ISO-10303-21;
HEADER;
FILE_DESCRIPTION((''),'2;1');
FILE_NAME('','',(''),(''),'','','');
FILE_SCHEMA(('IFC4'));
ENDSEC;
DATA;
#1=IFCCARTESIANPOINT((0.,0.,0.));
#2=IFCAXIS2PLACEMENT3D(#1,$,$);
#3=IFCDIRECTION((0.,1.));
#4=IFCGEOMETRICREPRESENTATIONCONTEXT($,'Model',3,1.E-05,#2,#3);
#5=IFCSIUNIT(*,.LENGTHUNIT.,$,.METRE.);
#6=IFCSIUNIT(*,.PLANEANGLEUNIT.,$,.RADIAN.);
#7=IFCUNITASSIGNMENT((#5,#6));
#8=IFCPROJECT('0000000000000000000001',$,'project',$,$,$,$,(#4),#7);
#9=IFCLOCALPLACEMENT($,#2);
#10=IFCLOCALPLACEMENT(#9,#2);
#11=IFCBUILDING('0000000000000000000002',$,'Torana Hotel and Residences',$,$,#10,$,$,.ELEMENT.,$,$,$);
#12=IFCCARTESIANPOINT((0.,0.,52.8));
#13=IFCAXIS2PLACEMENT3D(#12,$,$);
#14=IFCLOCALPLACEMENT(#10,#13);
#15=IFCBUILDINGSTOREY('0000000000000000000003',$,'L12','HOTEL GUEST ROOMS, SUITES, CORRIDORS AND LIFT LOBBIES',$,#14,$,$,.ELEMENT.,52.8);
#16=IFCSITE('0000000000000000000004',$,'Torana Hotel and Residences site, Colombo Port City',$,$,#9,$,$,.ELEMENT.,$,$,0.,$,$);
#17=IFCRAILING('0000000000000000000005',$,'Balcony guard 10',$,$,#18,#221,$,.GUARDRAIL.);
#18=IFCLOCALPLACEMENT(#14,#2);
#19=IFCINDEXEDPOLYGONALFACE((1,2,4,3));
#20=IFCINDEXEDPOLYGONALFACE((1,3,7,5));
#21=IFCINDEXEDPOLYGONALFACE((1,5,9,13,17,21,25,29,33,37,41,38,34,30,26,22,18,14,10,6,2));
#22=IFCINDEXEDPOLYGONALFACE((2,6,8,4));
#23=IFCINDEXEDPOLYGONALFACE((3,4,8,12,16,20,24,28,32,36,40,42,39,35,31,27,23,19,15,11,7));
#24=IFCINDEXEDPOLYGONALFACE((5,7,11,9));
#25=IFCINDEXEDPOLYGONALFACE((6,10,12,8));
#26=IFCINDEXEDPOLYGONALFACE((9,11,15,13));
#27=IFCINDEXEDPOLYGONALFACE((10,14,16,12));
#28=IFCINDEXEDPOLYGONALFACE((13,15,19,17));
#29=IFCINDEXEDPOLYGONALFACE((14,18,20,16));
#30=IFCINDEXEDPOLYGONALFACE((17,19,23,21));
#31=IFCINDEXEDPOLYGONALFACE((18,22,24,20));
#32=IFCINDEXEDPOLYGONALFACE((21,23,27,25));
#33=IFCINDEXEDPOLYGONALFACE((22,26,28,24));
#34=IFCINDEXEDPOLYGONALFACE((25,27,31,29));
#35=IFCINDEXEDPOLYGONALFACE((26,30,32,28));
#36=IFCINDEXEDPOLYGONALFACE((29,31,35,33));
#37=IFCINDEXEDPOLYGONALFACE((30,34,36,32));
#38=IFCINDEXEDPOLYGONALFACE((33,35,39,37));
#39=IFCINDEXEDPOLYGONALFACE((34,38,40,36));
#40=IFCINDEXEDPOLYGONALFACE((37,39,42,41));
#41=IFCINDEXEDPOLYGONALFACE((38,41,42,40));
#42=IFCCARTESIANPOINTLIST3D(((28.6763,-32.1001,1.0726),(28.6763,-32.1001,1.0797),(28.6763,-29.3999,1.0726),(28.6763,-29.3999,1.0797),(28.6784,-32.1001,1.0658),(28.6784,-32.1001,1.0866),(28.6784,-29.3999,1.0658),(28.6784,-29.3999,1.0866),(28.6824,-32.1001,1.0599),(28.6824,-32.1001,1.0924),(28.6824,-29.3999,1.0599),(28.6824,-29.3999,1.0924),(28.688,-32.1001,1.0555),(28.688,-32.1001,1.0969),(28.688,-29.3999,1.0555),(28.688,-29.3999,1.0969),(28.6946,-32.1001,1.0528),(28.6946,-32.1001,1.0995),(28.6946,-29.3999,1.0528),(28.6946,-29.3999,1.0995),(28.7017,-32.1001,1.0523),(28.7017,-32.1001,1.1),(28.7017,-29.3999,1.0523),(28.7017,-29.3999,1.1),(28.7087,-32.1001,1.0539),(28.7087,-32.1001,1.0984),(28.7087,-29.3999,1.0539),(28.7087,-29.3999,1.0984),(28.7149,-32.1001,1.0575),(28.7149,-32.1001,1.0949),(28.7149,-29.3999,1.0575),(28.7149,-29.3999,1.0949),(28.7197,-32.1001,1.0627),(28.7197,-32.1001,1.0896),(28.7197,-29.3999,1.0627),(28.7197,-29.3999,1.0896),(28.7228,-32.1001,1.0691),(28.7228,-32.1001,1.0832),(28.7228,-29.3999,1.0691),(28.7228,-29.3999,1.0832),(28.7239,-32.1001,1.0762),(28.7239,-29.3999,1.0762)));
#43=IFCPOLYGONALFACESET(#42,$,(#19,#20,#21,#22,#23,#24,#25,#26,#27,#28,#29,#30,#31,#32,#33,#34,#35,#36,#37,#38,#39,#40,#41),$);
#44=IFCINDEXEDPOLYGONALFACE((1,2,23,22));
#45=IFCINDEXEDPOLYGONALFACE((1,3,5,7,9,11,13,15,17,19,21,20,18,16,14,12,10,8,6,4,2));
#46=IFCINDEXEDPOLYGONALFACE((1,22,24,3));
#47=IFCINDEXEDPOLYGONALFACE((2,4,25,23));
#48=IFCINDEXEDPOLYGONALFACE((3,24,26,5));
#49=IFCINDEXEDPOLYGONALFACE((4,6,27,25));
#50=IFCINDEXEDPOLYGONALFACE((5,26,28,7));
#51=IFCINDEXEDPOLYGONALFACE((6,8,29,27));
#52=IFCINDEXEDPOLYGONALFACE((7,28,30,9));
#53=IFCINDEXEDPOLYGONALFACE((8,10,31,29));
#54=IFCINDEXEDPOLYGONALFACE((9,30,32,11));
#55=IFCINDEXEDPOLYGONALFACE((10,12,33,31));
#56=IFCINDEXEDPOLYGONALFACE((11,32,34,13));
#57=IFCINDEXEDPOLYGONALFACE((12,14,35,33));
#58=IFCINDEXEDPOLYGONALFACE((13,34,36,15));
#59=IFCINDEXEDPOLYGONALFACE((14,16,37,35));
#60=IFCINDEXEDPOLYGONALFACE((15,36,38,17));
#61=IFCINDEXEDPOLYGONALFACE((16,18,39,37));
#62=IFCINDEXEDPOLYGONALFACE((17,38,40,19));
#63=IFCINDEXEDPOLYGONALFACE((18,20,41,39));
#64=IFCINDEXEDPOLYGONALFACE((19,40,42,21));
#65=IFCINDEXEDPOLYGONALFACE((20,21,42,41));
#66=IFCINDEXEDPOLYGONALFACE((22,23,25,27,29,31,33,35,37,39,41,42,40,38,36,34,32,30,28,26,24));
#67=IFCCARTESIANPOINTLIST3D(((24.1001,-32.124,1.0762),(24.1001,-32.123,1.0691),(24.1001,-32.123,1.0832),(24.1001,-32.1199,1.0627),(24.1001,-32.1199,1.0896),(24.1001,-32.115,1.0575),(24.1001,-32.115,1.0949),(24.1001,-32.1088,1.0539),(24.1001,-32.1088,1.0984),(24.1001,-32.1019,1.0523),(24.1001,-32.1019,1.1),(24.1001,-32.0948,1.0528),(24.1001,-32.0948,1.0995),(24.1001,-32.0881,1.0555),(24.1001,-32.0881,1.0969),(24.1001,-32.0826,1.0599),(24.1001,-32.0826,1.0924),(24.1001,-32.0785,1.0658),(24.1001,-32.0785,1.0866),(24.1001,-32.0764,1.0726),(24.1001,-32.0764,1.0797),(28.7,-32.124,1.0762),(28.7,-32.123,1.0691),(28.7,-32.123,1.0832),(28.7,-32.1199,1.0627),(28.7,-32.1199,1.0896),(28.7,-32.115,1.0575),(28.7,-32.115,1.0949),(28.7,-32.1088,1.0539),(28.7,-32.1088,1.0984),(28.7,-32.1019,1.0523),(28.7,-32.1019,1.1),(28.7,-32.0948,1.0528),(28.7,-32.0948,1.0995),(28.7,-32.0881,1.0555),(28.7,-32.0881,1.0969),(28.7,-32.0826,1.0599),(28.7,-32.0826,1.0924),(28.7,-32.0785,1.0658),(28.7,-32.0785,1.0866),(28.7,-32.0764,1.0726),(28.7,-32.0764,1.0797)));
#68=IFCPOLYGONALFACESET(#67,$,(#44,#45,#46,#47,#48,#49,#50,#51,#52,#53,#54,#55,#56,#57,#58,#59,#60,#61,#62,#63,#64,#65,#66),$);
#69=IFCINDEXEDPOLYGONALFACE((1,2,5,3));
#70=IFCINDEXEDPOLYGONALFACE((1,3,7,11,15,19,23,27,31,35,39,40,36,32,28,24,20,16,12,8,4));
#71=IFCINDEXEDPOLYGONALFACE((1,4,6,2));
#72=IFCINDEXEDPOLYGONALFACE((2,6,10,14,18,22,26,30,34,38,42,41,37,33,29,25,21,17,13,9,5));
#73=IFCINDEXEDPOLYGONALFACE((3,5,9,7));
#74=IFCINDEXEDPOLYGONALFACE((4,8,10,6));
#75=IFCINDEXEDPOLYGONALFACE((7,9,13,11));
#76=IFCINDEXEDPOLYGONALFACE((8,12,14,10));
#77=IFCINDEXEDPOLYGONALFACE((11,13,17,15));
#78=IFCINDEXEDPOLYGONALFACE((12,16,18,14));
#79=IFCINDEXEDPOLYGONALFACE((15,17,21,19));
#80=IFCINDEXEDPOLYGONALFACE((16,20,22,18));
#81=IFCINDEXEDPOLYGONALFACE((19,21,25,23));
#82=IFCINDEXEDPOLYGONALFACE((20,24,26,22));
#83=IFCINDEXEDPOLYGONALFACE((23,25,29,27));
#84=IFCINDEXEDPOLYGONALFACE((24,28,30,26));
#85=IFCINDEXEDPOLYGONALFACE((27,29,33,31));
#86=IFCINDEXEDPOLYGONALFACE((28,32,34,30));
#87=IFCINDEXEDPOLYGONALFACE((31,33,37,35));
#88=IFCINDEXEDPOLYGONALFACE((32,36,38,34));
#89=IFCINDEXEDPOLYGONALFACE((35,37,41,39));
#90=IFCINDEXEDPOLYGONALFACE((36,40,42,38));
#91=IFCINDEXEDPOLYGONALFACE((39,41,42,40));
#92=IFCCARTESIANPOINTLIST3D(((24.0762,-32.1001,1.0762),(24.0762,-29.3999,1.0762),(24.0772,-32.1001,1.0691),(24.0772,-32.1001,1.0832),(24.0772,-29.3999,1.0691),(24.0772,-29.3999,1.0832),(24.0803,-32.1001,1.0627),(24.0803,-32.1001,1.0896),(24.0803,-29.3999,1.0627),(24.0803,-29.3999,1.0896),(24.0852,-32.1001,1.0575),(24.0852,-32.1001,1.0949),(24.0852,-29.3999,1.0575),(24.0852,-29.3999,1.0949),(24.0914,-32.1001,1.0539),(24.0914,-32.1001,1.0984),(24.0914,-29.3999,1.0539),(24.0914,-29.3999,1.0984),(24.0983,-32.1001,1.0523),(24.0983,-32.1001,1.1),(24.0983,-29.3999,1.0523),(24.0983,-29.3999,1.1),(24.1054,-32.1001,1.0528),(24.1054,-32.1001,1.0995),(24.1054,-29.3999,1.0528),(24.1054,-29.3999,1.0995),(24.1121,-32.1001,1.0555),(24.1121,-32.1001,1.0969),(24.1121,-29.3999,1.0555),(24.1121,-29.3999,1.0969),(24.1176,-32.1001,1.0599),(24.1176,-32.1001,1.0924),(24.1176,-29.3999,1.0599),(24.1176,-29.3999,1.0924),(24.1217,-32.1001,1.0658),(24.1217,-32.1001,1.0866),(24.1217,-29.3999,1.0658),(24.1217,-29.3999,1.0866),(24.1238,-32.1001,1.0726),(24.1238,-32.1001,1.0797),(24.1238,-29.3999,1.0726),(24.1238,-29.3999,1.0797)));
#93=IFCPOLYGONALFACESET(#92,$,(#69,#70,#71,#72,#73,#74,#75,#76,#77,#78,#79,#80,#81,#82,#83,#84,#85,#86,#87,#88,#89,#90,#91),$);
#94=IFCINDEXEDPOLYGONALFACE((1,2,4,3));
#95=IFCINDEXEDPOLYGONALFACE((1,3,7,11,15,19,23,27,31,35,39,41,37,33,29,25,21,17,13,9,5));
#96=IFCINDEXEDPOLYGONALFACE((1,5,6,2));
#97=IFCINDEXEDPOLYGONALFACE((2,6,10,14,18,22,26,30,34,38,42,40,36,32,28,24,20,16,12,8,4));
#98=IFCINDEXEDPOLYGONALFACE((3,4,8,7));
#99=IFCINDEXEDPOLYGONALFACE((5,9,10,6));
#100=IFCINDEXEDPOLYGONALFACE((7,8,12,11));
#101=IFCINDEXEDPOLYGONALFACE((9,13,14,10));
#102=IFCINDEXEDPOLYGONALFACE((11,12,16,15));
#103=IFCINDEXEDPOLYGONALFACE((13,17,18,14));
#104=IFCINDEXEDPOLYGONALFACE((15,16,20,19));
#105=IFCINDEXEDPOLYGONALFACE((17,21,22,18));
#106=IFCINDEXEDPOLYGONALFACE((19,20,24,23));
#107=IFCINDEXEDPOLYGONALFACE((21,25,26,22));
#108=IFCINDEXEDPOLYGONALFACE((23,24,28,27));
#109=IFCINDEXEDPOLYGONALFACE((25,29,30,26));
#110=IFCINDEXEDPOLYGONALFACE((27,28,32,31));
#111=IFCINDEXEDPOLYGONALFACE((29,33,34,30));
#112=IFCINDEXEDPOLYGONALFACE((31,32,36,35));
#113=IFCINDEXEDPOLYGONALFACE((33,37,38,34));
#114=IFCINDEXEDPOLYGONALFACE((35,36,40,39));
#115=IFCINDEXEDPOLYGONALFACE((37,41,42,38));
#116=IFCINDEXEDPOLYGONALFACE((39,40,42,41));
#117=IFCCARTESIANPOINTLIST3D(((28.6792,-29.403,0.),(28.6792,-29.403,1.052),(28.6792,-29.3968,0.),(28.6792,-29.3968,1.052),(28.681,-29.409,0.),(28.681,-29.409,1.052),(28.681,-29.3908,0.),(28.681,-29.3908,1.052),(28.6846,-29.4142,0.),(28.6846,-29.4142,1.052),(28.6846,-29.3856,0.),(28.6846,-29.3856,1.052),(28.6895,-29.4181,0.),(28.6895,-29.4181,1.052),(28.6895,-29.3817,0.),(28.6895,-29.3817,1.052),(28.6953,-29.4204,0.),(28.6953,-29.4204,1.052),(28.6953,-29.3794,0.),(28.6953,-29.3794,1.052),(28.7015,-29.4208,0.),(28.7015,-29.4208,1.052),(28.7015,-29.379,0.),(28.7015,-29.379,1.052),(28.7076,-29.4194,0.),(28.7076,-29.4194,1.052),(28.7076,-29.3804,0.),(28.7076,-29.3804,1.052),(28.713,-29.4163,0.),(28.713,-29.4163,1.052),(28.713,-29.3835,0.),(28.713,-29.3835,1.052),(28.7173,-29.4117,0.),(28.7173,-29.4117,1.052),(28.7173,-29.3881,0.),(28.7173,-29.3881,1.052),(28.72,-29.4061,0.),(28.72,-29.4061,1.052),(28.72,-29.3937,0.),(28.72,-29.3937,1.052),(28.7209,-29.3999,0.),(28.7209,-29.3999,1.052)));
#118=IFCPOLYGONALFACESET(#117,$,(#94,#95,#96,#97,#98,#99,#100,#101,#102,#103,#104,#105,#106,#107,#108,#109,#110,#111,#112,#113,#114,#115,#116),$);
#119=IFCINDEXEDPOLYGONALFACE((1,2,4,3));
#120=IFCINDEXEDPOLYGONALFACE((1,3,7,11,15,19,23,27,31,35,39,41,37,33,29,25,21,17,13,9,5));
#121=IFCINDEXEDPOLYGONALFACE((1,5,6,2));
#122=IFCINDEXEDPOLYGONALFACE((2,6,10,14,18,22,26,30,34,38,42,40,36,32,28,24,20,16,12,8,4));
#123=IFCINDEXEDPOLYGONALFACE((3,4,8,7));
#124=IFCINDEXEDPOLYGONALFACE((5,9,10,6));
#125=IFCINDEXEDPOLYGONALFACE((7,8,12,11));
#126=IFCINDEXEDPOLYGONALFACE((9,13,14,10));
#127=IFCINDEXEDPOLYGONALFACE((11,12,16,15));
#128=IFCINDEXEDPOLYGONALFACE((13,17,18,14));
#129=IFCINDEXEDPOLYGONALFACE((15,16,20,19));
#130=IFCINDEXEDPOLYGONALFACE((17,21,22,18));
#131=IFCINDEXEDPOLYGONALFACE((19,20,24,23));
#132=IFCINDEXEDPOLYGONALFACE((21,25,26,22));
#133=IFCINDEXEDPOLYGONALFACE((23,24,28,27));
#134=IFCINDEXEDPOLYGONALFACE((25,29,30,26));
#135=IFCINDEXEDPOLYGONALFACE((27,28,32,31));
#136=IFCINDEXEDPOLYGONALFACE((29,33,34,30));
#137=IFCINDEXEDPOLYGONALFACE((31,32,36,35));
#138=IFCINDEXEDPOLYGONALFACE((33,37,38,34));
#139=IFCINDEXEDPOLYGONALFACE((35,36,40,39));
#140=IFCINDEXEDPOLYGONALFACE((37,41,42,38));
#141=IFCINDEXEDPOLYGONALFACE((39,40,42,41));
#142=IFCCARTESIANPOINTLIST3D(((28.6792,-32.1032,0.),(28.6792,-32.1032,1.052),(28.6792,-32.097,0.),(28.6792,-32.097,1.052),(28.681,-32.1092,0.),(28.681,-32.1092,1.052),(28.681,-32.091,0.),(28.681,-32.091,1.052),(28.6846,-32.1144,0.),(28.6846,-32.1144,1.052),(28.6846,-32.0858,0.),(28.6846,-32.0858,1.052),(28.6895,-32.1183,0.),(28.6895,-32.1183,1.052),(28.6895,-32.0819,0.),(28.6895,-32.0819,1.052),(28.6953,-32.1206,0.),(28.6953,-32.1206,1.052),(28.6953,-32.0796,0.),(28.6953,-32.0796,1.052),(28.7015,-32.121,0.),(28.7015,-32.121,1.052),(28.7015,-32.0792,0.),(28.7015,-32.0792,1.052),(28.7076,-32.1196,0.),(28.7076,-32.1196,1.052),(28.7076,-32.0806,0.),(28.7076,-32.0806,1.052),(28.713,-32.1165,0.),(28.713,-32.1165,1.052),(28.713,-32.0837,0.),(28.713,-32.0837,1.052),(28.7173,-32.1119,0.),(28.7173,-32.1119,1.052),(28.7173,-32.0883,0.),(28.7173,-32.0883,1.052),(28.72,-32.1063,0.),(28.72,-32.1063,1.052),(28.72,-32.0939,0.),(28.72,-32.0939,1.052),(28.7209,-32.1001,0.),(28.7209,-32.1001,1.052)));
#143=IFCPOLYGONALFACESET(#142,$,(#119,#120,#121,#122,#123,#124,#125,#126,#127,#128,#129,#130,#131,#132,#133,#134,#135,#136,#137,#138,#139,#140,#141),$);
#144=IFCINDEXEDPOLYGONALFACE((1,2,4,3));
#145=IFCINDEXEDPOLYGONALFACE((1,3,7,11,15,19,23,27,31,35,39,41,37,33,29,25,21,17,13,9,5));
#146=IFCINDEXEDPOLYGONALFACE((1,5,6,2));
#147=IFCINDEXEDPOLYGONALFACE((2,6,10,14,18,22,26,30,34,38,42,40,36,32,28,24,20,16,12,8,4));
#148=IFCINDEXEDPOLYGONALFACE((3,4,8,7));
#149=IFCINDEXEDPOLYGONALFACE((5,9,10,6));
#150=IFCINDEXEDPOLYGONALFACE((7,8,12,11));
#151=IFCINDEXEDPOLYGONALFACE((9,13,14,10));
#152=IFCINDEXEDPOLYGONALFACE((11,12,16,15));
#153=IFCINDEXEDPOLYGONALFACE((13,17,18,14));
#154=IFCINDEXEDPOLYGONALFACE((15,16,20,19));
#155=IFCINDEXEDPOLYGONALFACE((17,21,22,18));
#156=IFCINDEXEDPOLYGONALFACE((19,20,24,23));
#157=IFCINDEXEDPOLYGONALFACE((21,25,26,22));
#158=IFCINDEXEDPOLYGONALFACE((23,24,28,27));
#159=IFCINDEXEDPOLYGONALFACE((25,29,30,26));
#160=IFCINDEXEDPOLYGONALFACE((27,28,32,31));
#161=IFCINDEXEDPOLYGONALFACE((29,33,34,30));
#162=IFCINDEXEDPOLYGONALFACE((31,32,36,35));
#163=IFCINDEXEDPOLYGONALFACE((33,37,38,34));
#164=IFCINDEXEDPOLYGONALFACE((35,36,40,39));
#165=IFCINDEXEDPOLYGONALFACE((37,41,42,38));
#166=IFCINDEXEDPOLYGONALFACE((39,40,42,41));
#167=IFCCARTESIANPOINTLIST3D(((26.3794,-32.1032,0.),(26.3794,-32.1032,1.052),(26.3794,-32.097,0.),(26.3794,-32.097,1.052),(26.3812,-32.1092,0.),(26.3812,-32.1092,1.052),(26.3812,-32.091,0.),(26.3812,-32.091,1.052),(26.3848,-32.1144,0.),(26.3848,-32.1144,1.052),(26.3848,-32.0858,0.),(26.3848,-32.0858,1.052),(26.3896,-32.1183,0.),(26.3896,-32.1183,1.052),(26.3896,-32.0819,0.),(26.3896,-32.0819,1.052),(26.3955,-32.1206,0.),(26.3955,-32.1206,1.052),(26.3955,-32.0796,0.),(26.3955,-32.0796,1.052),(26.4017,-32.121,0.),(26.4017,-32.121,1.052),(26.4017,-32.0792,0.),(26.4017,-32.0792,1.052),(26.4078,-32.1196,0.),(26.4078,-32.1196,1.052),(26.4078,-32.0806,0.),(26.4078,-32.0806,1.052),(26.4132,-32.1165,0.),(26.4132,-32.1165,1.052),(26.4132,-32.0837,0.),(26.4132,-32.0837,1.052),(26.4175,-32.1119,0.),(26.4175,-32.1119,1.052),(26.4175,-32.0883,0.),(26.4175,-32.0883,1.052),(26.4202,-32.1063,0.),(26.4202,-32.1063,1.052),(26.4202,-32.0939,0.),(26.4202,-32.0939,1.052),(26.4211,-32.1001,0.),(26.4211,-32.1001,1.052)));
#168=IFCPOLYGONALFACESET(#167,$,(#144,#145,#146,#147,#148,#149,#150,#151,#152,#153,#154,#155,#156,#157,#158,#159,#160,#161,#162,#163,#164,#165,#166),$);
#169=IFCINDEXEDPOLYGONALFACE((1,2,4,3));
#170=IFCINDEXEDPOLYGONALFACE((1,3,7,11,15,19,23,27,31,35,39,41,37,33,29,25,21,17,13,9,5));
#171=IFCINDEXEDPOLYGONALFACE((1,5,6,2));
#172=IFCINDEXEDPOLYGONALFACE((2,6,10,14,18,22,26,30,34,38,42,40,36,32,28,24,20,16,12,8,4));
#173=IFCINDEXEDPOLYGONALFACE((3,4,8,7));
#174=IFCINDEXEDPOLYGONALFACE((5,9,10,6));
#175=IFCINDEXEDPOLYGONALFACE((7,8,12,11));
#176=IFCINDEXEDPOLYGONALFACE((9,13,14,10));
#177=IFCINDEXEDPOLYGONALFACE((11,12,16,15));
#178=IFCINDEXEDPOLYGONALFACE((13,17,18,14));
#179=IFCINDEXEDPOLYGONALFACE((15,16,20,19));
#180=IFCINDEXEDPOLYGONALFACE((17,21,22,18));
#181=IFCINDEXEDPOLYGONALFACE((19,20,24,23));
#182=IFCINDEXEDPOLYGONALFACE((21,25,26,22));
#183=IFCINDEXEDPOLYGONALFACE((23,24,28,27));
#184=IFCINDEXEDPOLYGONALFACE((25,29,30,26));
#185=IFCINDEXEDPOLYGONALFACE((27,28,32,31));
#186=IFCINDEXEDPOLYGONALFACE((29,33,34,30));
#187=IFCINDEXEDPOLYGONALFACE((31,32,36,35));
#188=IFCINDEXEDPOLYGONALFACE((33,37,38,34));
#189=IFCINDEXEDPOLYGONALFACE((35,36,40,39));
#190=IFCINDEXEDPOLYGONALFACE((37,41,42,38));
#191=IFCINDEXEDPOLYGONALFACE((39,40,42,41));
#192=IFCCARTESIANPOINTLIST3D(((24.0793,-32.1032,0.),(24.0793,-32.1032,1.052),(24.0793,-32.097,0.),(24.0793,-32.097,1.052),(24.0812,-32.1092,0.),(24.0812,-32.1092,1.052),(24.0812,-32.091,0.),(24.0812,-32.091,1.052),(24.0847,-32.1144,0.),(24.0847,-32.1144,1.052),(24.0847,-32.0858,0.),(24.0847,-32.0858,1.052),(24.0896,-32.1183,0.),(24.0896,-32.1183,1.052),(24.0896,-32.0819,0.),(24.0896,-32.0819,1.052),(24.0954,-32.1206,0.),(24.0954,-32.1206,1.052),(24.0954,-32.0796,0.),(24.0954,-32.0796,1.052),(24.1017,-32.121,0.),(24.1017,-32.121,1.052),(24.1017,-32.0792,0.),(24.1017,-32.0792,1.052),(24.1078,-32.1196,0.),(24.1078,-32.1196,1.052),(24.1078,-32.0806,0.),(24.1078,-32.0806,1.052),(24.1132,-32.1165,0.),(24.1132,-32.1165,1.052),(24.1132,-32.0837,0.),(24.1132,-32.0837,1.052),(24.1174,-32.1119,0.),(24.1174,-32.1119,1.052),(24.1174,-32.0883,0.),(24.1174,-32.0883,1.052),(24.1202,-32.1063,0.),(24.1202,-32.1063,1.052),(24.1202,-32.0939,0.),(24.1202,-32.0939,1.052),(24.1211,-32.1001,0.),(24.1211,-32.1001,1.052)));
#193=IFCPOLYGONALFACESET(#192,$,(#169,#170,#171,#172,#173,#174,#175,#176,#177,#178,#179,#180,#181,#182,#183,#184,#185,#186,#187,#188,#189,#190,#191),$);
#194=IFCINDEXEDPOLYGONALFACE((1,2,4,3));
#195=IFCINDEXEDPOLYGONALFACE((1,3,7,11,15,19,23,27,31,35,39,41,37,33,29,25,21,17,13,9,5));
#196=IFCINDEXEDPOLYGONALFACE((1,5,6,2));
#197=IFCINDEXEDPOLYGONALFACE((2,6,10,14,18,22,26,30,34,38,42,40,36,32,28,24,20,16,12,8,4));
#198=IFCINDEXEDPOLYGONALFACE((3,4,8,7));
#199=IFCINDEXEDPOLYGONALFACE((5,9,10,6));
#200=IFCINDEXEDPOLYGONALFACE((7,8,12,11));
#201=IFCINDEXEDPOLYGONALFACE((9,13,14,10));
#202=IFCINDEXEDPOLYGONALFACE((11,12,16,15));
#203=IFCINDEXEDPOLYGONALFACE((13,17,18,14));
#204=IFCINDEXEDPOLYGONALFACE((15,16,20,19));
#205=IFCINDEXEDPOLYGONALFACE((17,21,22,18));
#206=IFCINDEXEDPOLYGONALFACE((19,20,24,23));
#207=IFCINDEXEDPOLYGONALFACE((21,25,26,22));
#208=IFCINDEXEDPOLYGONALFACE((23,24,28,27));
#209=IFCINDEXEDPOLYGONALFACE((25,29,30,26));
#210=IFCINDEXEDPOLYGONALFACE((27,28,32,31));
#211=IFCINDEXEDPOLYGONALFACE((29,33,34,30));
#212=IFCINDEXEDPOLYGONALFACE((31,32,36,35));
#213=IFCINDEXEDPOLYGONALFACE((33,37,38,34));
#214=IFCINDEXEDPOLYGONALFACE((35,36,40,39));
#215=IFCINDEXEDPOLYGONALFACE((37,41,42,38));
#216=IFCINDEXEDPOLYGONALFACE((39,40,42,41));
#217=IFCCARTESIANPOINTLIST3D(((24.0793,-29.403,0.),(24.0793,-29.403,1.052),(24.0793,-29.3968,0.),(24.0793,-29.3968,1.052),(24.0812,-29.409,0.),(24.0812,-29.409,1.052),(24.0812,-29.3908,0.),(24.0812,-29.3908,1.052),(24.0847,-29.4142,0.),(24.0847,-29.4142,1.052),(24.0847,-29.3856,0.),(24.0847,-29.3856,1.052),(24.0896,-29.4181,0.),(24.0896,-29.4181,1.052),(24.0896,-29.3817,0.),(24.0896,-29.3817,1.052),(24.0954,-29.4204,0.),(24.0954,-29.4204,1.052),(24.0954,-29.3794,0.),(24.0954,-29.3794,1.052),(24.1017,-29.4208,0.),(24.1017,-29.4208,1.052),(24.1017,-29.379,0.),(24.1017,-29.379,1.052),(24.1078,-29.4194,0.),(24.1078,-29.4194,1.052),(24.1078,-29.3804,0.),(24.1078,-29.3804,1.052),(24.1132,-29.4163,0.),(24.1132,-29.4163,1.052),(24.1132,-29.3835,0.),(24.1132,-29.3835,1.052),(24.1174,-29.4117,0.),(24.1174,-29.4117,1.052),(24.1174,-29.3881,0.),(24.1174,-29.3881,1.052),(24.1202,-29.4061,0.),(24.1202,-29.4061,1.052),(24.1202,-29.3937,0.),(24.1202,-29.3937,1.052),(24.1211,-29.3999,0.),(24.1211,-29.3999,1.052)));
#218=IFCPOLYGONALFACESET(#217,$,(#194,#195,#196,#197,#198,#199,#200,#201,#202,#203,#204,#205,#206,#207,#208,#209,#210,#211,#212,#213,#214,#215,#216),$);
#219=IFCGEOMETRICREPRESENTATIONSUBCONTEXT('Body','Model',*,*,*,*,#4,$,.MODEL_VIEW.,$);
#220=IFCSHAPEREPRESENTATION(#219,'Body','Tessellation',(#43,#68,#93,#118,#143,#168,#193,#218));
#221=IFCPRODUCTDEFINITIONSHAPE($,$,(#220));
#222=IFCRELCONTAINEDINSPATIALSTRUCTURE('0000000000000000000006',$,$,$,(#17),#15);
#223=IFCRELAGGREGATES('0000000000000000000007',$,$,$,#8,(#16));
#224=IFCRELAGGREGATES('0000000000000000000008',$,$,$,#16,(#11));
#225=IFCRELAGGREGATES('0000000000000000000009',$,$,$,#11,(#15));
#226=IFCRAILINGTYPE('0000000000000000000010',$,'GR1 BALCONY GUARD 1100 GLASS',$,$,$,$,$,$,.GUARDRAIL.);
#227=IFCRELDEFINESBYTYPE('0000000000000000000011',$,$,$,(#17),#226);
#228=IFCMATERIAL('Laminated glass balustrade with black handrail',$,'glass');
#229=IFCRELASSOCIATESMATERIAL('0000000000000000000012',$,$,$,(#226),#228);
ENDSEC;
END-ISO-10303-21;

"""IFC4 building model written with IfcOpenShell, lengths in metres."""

from ifc_helpers import new_model, si_unit, direction, frame, origin, origin_2d, place, context, subcontext, project, spatial, circle, extrude, material, type_object, element, save


model = new_model("IFC4")

# Units and contexts
model_context = context("Model", 3, precision=1e-05, world=origin(), true_north=direction((0.0, 1.0)))
body_context = subcontext(model_context, "Body", "Model", "MODEL_VIEW")
ifc_project = project(units=[si_unit("LENGTHUNIT", "METRE"), si_unit("PLANEANGLEUNIT", "RADIAN")], contexts=[model_context])

# Site, building, storey
site_placement = place(None, origin())
site = spatial("IfcSite", under=ifc_project, at=site_placement, Name="Torana Hotel and Residences site, Colombo Port City", CompositionType="ELEMENT", RefElevation=0.0)
building_placement = place(site_placement, origin())
building = spatial("IfcBuilding", under=site, at=building_placement, Name="Torana Hotel and Residences", CompositionType="ELEMENT")
storey_placement = place(building_placement, frame((0.0, 0.0, 52.8)))
storey = spatial("IfcBuildingStorey", under=building, at=storey_placement, Name="L12", Description="HOTEL GUEST ROOMS, SUITES, CORRIDORS AND LIFT LOBBIES", CompositionType="ELEMENT", Elevation=52.8)

# Railing
ifc_material_1 = material(Name="Laminated glass balustrade with black handrail", Category="glass")
railing_type = type_object("IfcRailingType", Name="GR1 BALCONY GUARD 1100 GLASS", PredefinedType="GUARDRAIL", material=ifc_material_1)
railing_1_placement = place(storey_placement, frame((28.7, -29.3999, 0.0)))
element("IfcRailing", 1, at=railing_1_placement, inside=storey, type_object=railing_type, Name="Balcony guard 10", PredefinedType="GUARDRAIL", context=body_context, shape_type="SweptSolid", body=[
    extrude(circle(Radius=0.0239, at=origin_2d()), frame((0.0, 0.0, 1.0762), z_axis=(0.0, -1.0, 0.0), x_axis=(1.0, 0.0, 0.0)), (0.0, 0.0, 1.0), 2.7002),
    extrude(circle(Radius=0.0239, at=origin_2d()), frame((0.0, -2.7002, 1.0762), z_axis=(-1.0, 0.0, 0.0), x_axis=(0.0, -1.0, 0.0)), (0.0, 0.0, 1.0), 4.5999),
    extrude(circle(Radius=0.0239, at=origin_2d()), frame((-4.5999, -2.7002, 1.0762), z_axis=(0.0, 1.0, 0.0), x_axis=(-1.0, 0.0, 0.0)), (0.0, 0.0, 1.0), 2.7002),
    extrude(circle(Radius=0.021, at=origin_2d()), origin(), (0.0, 0.0, 1.0), 1.052),
    extrude(circle(Radius=0.021, at=origin_2d()), frame((0.0, -2.7002, 0.0)), (0.0, 0.0, 1.0), 1.052),
    extrude(circle(Radius=0.021, at=origin_2d()), frame((-2.2998, -2.7002, 0.0)), (0.0, 0.0, 1.0), 1.052),
    extrude(circle(Radius=0.021, at=origin_2d()), frame((-4.5999, -2.7002, 0.0)), (0.0, 0.0, 1.0), 1.052),
    extrude(circle(Radius=0.021, at=origin_2d()), frame((-4.5999, 0.0, 0.0)), (0.0, 0.0, 1.0), 1.052),
])

save(model, "model.ifc")
